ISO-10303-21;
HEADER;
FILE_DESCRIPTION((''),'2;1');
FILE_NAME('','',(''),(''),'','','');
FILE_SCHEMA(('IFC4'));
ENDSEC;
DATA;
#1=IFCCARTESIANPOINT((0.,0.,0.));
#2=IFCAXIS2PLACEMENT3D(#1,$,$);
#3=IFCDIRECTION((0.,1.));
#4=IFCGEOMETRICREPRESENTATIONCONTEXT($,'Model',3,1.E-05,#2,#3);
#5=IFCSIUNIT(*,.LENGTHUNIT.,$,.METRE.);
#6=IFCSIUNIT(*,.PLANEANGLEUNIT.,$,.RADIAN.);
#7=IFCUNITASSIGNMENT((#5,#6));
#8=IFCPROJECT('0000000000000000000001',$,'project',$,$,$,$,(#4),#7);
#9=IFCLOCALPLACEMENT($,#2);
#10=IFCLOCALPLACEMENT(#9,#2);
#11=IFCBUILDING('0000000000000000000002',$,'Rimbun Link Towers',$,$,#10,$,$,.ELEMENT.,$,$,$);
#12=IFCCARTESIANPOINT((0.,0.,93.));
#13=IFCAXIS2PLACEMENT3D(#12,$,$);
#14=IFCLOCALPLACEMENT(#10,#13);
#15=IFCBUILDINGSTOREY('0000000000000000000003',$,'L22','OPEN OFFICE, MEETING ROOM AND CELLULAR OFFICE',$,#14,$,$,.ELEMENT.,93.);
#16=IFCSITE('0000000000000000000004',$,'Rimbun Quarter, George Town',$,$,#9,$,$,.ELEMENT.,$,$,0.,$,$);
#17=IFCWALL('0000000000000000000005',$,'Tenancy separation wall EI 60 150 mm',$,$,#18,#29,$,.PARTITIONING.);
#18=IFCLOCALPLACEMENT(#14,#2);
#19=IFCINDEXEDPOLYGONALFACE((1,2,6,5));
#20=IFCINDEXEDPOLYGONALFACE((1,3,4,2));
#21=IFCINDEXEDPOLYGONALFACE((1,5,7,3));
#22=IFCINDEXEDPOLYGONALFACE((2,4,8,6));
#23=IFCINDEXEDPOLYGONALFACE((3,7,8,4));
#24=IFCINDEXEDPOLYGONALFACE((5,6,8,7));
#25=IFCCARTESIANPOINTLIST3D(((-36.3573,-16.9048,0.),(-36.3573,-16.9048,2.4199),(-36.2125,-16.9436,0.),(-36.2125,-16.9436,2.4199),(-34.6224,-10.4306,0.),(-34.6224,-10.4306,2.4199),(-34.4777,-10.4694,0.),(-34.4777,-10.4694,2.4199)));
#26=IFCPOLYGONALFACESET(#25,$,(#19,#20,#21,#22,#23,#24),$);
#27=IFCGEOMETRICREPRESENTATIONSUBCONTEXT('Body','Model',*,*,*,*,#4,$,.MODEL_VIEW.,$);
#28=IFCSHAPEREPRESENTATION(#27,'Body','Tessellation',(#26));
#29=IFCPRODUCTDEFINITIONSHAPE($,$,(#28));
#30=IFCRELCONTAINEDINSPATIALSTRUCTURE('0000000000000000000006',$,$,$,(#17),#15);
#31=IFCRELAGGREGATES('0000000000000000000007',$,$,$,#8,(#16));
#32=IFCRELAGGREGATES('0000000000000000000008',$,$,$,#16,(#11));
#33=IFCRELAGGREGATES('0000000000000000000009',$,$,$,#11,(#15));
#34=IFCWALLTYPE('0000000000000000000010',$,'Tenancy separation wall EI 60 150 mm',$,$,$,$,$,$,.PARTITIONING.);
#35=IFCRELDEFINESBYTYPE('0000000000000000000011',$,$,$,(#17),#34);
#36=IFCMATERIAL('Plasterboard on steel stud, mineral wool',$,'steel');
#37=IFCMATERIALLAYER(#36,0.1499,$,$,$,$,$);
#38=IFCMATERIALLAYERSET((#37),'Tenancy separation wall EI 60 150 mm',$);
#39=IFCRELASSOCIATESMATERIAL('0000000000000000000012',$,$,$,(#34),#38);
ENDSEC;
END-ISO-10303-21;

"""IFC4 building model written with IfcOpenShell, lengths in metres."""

from ifc_helpers import new_model, si_unit, direction, frame, frame_2d, origin, place, context, subcontext, project, spatial, rectangle, extrude, material, layer, layer_set, type_object, element, save


model = new_model("IFC4")

# Units and contexts
model_context = context("Model", 3, precision=1e-05, world=origin(), true_north=direction((0.0, 1.0)))
body_context = subcontext(model_context, "Body", "Model", "MODEL_VIEW")
ifc_project = project(units=[si_unit("LENGTHUNIT", "METRE"), si_unit("PLANEANGLEUNIT", "RADIAN")], contexts=[model_context])

# Site, building, storey
site_placement = place(None, origin())
site = spatial("IfcSite", under=ifc_project, at=site_placement, Name="Rimbun Quarter, George Town", CompositionType="ELEMENT", RefElevation=0.0)
building_placement = place(site_placement, origin())
building = spatial("IfcBuilding", under=site, at=building_placement, Name="Rimbun Link Towers", CompositionType="ELEMENT")
storey_placement = place(building_placement, frame((0.0, 0.0, 93.0)))
storey = spatial("IfcBuildingStorey", under=building, at=storey_placement, Name="L22", Description="OPEN OFFICE, MEETING ROOM AND CELLULAR OFFICE", CompositionType="ELEMENT", Elevation=93.0)

# Wall
ifc_material_1 = material(Name="Plasterboard on steel stud, mineral wool", Category="steel")
ifc_layer_1 = layer(ifc_material_1, 0.1499)
ifc_layer_set_1 = layer_set([ifc_layer_1], Name="Tenancy separation wall EI 60 150 mm")
wall_type_1 = type_object("IfcWallType", Name="Tenancy separation wall EI 60 150 mm", PredefinedType="PARTITIONING", material=ifc_layer_set_1)
wall_1_placement = place(storey_placement, frame((-34.55, -10.45, 0.0), z_axis=(0.0, 0.0, 1.0), x_axis=(-0.258837, -0.965921, 0.0)))
element("IfcWall", 1, at=wall_1_placement, inside=storey, type_object=wall_type_1, Name="Tenancy separation wall EI 60 150 mm", PredefinedType="PARTITIONING", context=body_context, shape_type="SweptSolid", body=[
    extrude(rectangle(XDim=6.7026, YDim=0.1499, at=frame_2d((3.3513, 0.0))), origin(), (0.0, 0.0, 1.0), 2.4199),
])

save(model, "model.ifc")
